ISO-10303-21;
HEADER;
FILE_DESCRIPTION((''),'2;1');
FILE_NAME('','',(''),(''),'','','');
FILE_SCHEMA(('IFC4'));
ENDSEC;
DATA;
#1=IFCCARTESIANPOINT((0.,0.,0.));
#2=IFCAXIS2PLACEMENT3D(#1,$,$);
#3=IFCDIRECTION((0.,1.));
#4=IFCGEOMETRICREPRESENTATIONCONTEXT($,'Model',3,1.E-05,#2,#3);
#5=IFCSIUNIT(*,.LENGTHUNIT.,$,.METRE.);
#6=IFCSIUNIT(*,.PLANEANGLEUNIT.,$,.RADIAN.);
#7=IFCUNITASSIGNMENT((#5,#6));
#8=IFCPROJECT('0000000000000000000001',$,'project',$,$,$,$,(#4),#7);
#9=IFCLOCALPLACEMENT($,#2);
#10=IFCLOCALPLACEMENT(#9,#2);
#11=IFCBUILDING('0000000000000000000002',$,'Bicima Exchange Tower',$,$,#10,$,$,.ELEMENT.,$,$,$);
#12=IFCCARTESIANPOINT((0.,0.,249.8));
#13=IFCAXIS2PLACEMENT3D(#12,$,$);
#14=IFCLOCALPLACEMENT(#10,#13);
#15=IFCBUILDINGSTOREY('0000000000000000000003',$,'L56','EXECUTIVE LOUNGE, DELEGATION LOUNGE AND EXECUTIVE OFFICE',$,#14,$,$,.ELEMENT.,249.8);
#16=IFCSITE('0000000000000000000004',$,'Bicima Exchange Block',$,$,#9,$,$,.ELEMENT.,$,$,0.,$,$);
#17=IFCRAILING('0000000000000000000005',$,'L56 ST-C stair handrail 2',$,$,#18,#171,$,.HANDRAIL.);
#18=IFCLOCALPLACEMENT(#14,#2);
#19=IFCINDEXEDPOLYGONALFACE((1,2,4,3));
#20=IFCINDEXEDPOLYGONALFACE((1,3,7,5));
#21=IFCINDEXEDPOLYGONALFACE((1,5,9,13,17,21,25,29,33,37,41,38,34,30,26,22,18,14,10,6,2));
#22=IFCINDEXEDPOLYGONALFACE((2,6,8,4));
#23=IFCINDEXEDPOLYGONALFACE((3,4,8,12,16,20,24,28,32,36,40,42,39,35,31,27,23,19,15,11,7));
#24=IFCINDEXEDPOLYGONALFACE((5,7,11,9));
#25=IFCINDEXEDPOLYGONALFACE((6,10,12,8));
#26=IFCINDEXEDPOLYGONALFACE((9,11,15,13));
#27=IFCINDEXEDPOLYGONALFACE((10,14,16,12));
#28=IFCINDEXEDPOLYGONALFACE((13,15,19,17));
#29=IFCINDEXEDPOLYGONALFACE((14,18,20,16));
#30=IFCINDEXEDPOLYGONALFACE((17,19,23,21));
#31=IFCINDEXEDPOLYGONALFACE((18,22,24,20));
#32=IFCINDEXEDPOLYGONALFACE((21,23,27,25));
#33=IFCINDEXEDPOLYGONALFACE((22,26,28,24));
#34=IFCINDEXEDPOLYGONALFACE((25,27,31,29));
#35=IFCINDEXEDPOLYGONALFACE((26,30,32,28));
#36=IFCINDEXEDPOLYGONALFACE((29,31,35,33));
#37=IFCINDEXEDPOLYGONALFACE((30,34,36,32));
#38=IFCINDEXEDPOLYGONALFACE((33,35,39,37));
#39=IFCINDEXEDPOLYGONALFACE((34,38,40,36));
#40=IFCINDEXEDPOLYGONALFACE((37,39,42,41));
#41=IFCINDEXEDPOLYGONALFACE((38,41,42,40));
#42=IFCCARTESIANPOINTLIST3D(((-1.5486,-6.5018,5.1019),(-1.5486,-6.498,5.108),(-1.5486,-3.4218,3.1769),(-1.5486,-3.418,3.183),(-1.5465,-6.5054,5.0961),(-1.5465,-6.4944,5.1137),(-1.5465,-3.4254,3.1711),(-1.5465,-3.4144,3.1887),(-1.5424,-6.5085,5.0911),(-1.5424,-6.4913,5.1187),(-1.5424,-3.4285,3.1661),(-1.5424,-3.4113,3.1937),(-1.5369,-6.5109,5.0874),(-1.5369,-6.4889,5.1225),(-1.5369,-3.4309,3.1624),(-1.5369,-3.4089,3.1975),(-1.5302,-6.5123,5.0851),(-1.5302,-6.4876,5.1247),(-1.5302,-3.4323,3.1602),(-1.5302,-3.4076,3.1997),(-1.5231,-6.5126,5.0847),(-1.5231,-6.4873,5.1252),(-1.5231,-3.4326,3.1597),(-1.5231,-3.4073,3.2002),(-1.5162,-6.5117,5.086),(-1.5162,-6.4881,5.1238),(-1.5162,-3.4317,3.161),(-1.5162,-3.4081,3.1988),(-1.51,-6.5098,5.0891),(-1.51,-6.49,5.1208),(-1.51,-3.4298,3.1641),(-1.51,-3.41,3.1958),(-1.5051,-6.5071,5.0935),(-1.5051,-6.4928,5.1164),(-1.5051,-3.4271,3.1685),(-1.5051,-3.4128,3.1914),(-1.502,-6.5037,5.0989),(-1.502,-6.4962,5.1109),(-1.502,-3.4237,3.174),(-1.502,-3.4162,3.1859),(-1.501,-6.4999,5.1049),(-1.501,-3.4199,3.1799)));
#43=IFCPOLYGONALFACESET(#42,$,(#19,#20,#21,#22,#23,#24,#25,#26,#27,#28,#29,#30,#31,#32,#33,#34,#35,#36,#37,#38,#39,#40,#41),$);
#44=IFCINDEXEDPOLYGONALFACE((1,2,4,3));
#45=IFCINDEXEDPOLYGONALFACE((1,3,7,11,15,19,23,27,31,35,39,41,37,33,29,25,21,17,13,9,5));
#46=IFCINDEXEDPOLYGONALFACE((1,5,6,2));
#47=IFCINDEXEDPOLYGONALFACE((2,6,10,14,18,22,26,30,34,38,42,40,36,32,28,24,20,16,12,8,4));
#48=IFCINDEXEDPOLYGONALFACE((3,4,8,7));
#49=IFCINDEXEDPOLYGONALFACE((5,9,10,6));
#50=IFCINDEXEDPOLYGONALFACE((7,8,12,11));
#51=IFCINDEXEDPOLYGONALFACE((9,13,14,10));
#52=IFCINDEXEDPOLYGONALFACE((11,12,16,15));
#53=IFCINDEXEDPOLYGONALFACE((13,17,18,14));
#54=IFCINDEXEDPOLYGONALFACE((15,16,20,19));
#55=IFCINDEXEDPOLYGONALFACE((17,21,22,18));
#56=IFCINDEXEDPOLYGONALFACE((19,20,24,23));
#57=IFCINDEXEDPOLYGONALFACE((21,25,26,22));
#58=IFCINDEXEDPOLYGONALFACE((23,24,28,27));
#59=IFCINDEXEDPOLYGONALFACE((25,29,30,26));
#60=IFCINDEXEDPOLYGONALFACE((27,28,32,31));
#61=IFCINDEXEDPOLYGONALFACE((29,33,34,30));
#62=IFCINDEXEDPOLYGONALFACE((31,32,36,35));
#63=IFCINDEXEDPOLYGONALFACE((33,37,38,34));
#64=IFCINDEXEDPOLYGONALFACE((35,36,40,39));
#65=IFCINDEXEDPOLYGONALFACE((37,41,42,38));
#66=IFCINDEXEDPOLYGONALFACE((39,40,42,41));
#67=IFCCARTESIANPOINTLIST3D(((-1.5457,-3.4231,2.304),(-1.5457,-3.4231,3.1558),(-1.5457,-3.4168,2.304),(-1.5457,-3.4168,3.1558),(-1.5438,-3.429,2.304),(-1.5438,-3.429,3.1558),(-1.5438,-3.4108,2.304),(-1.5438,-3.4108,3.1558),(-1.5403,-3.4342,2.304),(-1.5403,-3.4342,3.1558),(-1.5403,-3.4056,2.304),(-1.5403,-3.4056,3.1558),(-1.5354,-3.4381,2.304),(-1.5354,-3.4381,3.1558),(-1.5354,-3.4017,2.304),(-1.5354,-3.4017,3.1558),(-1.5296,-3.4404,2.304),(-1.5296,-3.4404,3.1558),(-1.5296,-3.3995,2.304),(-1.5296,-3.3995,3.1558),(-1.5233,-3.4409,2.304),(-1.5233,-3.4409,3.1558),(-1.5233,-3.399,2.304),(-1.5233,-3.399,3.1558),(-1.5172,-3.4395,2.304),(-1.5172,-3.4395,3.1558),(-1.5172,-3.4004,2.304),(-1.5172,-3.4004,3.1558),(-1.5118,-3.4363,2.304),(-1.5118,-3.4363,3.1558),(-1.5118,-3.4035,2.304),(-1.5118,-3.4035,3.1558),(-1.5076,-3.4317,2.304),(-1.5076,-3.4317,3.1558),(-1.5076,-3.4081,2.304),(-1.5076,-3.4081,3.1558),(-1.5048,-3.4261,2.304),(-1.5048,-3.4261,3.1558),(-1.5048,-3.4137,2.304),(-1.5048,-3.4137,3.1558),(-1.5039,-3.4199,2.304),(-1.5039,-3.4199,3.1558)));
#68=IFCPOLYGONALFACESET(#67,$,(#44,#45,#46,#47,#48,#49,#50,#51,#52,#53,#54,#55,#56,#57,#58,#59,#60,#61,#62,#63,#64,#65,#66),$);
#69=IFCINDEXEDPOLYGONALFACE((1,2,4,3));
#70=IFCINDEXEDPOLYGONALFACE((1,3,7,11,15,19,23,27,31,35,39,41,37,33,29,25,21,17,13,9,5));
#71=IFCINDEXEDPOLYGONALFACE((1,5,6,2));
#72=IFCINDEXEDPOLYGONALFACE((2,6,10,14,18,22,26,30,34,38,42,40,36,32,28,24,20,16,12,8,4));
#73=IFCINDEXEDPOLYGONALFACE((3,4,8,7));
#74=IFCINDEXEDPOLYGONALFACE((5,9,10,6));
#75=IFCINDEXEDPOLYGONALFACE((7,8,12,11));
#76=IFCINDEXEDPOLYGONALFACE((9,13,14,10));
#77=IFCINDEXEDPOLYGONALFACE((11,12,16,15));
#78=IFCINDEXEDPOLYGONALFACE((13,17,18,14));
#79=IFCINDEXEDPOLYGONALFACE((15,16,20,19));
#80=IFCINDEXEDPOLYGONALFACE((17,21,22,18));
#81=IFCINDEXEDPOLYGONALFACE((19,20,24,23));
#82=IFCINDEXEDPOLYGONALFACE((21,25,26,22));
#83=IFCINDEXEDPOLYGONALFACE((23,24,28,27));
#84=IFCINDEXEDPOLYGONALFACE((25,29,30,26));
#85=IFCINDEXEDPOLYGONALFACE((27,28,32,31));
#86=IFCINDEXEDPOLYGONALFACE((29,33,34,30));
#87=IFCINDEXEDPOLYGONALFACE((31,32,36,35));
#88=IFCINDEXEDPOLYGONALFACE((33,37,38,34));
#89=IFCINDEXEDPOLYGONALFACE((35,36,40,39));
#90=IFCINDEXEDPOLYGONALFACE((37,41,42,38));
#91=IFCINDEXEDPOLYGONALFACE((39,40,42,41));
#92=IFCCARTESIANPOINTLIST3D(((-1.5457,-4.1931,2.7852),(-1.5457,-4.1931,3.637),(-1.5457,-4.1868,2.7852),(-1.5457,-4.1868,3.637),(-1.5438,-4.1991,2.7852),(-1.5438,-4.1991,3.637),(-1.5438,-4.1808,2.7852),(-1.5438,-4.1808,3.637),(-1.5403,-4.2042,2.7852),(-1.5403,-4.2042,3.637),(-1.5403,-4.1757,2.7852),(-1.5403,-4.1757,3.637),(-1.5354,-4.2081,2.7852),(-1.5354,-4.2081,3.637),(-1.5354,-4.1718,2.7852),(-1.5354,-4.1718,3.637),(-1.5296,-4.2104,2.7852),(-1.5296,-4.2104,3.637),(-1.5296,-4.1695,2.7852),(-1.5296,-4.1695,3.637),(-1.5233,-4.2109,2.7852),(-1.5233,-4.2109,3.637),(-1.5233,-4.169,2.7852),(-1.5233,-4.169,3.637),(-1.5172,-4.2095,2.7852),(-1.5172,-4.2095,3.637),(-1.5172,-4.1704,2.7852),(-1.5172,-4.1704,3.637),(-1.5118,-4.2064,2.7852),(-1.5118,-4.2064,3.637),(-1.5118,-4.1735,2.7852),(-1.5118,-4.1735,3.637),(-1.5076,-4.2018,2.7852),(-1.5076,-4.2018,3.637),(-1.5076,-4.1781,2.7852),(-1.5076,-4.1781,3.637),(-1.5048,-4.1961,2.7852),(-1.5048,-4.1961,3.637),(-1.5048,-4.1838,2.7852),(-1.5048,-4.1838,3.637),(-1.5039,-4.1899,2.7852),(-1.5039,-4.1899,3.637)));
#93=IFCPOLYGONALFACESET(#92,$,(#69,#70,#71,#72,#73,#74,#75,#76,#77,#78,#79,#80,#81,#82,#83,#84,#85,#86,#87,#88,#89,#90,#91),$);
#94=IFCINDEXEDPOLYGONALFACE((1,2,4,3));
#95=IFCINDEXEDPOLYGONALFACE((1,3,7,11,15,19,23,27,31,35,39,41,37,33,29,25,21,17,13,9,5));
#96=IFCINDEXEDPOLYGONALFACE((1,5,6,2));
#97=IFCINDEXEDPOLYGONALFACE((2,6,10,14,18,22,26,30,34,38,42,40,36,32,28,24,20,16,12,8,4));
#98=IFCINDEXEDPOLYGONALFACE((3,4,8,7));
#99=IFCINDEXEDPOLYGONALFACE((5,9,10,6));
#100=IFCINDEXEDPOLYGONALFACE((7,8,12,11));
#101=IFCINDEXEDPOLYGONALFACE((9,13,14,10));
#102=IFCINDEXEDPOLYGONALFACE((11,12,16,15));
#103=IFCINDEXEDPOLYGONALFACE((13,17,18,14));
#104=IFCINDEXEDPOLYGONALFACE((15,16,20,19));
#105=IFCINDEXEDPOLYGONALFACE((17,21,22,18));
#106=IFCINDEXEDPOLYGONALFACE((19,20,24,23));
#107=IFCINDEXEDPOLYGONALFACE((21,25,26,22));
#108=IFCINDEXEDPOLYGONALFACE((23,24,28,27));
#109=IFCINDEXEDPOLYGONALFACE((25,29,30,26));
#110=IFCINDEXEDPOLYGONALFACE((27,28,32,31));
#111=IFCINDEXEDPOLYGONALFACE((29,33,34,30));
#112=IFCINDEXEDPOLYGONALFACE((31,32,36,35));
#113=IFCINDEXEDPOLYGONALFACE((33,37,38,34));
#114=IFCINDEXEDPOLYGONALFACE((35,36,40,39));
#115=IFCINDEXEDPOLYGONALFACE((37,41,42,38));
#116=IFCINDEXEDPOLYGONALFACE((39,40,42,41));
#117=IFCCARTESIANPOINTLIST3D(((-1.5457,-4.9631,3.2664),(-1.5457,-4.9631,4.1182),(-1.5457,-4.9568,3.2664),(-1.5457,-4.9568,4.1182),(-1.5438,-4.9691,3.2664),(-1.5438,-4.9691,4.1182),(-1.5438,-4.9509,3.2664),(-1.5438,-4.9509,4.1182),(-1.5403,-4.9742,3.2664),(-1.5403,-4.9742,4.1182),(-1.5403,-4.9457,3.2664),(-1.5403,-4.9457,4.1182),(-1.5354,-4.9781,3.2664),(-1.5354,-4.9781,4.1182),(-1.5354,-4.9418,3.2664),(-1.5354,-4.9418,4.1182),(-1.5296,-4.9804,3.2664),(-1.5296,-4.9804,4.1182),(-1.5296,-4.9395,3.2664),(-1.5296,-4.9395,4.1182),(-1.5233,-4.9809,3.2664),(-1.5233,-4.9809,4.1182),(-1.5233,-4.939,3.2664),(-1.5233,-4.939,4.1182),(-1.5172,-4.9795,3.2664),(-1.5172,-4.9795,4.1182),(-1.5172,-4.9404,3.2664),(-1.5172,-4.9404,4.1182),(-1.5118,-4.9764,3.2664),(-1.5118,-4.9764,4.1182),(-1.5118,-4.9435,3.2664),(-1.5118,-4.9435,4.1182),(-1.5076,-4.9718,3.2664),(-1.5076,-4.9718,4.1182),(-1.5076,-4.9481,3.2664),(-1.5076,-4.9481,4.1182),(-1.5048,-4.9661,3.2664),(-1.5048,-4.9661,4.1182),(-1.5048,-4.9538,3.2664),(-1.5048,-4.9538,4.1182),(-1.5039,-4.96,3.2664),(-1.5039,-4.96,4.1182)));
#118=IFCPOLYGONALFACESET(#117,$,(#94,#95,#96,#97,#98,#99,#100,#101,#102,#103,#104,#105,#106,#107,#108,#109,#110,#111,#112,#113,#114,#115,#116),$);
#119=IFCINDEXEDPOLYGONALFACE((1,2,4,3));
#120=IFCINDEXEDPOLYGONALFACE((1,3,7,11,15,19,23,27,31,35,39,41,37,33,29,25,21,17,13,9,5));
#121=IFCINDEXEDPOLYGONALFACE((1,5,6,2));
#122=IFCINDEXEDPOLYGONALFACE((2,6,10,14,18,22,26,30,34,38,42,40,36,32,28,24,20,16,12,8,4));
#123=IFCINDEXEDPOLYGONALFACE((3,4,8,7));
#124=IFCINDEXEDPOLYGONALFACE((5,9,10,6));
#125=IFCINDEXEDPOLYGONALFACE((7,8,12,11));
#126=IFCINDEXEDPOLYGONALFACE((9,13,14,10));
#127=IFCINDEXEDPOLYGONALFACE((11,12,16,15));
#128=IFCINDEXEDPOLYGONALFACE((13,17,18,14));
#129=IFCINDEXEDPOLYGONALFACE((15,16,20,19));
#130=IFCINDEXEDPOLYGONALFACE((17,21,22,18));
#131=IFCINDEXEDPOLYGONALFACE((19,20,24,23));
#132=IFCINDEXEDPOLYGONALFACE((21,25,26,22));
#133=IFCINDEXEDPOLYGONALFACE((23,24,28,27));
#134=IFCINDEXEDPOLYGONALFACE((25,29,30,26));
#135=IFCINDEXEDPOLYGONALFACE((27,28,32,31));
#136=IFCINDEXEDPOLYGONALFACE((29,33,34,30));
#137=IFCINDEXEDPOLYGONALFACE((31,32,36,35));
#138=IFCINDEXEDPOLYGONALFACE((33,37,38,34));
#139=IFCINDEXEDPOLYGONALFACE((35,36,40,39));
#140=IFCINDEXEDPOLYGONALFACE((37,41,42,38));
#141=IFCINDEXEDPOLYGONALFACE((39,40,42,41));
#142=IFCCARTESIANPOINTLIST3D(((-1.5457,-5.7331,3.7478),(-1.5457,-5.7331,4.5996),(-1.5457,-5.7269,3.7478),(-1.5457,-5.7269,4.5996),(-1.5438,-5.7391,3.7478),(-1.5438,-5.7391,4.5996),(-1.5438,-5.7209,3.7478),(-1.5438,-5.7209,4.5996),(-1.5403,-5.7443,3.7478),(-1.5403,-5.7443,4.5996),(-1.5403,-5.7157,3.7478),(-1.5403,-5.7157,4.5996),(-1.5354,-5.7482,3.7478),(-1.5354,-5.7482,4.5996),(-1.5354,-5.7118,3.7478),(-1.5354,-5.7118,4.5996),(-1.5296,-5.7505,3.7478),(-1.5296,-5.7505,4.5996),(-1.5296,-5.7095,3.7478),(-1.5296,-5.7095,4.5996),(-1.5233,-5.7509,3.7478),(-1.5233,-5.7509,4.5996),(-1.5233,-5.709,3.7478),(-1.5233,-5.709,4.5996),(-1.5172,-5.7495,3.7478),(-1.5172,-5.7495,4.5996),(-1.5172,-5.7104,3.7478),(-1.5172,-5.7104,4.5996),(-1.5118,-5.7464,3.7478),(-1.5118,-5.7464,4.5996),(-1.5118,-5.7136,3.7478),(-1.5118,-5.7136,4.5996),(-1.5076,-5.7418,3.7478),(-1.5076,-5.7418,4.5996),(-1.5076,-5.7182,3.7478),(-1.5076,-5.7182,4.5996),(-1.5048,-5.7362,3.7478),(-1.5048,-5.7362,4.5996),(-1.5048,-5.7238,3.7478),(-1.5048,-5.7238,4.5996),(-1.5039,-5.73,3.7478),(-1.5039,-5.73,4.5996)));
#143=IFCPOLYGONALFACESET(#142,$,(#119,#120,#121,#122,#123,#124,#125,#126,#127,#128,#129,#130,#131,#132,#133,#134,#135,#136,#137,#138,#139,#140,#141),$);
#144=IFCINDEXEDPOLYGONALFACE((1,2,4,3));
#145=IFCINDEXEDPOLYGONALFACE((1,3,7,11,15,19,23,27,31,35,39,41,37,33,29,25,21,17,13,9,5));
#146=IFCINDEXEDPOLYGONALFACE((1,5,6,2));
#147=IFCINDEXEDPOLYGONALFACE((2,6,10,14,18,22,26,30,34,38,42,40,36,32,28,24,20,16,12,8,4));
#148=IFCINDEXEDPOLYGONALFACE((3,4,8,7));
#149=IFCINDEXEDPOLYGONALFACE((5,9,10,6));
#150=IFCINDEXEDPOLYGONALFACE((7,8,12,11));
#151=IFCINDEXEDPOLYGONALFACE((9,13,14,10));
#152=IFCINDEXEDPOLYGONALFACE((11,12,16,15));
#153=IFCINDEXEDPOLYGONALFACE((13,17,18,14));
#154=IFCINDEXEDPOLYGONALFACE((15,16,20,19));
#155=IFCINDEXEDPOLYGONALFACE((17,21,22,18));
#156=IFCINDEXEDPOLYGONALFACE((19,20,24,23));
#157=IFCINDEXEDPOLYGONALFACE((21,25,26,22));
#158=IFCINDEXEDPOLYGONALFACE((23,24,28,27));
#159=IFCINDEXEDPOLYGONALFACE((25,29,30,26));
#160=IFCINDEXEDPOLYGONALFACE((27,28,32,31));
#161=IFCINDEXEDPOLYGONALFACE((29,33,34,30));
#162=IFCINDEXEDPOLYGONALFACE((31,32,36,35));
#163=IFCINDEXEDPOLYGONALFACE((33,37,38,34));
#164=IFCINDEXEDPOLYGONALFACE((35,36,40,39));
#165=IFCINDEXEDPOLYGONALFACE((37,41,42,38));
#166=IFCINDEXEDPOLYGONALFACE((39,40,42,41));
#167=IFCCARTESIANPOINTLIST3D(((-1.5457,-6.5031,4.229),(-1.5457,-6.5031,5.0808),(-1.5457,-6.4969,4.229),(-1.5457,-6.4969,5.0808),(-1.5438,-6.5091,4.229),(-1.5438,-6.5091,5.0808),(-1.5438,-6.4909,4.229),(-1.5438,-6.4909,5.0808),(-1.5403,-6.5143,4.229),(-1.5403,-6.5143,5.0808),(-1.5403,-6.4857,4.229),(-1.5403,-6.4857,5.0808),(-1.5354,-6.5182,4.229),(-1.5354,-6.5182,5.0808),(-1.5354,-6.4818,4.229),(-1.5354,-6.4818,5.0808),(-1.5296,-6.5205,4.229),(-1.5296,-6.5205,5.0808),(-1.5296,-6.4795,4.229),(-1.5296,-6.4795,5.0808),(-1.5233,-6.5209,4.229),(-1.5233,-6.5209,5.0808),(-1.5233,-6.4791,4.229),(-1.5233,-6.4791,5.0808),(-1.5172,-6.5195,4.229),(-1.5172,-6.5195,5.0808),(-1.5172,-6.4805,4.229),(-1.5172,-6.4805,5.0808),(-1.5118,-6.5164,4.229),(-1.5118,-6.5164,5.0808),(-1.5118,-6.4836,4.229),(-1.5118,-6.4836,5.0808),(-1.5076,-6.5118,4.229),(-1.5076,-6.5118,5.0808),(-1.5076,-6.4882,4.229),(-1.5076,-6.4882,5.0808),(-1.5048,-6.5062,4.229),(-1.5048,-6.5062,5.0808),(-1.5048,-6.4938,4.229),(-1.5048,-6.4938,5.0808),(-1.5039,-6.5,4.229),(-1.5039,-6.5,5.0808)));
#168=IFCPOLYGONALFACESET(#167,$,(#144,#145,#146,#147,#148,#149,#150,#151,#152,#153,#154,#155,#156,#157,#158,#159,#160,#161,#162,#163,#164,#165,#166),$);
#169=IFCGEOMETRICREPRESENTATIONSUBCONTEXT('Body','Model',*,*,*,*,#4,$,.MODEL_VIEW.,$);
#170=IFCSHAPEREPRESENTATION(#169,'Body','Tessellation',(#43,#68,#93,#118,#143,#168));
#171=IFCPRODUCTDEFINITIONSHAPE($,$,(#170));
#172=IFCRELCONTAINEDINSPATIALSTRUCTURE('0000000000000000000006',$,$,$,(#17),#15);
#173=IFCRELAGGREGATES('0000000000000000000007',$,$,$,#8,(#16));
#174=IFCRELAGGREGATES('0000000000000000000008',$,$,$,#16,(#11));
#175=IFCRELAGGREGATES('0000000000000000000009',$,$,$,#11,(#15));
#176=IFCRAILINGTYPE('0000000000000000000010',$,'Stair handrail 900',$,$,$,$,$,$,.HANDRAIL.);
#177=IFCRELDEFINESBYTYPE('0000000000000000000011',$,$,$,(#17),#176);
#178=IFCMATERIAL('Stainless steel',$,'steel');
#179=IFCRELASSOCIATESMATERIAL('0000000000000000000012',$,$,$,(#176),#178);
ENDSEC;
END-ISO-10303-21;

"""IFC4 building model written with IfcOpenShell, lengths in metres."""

from ifc_helpers import new_model, si_unit, direction, frame, origin, origin_2d, place, context, subcontext, project, spatial, circle, extrude, material, type_object, element, save


model = new_model("IFC4")

# Units and contexts
model_context = context("Model", 3, precision=1e-05, world=origin(), true_north=direction((0.0, 1.0)))
body_context = subcontext(model_context, "Body", "Model", "MODEL_VIEW")
ifc_project = project(units=[si_unit("LENGTHUNIT", "METRE"), si_unit("PLANEANGLEUNIT", "RADIAN")], contexts=[model_context])

# Site, building, storey
site_placement = place(None, origin())
site = spatial("IfcSite", under=ifc_project, at=site_placement, Name="Bicima Exchange Block", CompositionType="ELEMENT", RefElevation=0.0)
building_placement = place(site_placement, origin())
building = spatial("IfcBuilding", under=site, at=building_placement, Name="Bicima Exchange Tower", CompositionType="ELEMENT")
storey_placement = place(building_placement, frame((0.0, 0.0, 249.8)))
storey = spatial("IfcBuildingStorey", under=building, at=storey_placement, Name="L56", Description="EXECUTIVE LOUNGE, DELEGATION LOUNGE AND EXECUTIVE OFFICE", CompositionType="ELEMENT", Elevation=249.8)

# Railing
ifc_material_1 = material(Name="Stainless steel", Category="steel")
railing_type = type_object("IfcRailingType", Name="Stair handrail 900", PredefinedType="HANDRAIL", material=ifc_material_1)
railing_placement = place(storey_placement, frame((-1.5249, -3.4199, 2.304)))
element("IfcRailing", 1, at=railing_placement, inside=storey, type_object=railing_type, Name="L56 ST-C stair handrail 2", PredefinedType="HANDRAIL", context=body_context, shape_type="SweptSolid", body=[
    extrude(circle(Radius=0.0239, at=origin_2d()), frame((0.0, 0.0, 0.876), z_axis=(0.0, -0.847998, 0.529999), x_axis=(1.0, 0.0, 0.0)), (0.0, 0.0, 1.0), 3.6321),
    extrude(circle(Radius=0.021, at=origin_2d()), origin(), (0.0, 0.0, 1.0), 0.8518),
    extrude(circle(Radius=0.021, at=origin_2d()), frame((0.0, -0.77, 0.4812)), (0.0, 0.0, 1.0), 0.8518),
    extrude(circle(Radius=0.021, at=origin_2d()), frame((0.0, -1.54, 0.9624)), (0.0, 0.0, 1.0), 0.8518),
    extrude(circle(Radius=0.021, at=origin_2d()), frame((0.0, -2.3101, 1.4438)), (0.0, 0.0, 1.0), 0.8518),
    extrude(circle(Radius=0.021, at=origin_2d()), frame((0.0, -3.0801, 1.925)), (0.0, 0.0, 1.0), 0.8518),
])

save(model, "model.ifc")
